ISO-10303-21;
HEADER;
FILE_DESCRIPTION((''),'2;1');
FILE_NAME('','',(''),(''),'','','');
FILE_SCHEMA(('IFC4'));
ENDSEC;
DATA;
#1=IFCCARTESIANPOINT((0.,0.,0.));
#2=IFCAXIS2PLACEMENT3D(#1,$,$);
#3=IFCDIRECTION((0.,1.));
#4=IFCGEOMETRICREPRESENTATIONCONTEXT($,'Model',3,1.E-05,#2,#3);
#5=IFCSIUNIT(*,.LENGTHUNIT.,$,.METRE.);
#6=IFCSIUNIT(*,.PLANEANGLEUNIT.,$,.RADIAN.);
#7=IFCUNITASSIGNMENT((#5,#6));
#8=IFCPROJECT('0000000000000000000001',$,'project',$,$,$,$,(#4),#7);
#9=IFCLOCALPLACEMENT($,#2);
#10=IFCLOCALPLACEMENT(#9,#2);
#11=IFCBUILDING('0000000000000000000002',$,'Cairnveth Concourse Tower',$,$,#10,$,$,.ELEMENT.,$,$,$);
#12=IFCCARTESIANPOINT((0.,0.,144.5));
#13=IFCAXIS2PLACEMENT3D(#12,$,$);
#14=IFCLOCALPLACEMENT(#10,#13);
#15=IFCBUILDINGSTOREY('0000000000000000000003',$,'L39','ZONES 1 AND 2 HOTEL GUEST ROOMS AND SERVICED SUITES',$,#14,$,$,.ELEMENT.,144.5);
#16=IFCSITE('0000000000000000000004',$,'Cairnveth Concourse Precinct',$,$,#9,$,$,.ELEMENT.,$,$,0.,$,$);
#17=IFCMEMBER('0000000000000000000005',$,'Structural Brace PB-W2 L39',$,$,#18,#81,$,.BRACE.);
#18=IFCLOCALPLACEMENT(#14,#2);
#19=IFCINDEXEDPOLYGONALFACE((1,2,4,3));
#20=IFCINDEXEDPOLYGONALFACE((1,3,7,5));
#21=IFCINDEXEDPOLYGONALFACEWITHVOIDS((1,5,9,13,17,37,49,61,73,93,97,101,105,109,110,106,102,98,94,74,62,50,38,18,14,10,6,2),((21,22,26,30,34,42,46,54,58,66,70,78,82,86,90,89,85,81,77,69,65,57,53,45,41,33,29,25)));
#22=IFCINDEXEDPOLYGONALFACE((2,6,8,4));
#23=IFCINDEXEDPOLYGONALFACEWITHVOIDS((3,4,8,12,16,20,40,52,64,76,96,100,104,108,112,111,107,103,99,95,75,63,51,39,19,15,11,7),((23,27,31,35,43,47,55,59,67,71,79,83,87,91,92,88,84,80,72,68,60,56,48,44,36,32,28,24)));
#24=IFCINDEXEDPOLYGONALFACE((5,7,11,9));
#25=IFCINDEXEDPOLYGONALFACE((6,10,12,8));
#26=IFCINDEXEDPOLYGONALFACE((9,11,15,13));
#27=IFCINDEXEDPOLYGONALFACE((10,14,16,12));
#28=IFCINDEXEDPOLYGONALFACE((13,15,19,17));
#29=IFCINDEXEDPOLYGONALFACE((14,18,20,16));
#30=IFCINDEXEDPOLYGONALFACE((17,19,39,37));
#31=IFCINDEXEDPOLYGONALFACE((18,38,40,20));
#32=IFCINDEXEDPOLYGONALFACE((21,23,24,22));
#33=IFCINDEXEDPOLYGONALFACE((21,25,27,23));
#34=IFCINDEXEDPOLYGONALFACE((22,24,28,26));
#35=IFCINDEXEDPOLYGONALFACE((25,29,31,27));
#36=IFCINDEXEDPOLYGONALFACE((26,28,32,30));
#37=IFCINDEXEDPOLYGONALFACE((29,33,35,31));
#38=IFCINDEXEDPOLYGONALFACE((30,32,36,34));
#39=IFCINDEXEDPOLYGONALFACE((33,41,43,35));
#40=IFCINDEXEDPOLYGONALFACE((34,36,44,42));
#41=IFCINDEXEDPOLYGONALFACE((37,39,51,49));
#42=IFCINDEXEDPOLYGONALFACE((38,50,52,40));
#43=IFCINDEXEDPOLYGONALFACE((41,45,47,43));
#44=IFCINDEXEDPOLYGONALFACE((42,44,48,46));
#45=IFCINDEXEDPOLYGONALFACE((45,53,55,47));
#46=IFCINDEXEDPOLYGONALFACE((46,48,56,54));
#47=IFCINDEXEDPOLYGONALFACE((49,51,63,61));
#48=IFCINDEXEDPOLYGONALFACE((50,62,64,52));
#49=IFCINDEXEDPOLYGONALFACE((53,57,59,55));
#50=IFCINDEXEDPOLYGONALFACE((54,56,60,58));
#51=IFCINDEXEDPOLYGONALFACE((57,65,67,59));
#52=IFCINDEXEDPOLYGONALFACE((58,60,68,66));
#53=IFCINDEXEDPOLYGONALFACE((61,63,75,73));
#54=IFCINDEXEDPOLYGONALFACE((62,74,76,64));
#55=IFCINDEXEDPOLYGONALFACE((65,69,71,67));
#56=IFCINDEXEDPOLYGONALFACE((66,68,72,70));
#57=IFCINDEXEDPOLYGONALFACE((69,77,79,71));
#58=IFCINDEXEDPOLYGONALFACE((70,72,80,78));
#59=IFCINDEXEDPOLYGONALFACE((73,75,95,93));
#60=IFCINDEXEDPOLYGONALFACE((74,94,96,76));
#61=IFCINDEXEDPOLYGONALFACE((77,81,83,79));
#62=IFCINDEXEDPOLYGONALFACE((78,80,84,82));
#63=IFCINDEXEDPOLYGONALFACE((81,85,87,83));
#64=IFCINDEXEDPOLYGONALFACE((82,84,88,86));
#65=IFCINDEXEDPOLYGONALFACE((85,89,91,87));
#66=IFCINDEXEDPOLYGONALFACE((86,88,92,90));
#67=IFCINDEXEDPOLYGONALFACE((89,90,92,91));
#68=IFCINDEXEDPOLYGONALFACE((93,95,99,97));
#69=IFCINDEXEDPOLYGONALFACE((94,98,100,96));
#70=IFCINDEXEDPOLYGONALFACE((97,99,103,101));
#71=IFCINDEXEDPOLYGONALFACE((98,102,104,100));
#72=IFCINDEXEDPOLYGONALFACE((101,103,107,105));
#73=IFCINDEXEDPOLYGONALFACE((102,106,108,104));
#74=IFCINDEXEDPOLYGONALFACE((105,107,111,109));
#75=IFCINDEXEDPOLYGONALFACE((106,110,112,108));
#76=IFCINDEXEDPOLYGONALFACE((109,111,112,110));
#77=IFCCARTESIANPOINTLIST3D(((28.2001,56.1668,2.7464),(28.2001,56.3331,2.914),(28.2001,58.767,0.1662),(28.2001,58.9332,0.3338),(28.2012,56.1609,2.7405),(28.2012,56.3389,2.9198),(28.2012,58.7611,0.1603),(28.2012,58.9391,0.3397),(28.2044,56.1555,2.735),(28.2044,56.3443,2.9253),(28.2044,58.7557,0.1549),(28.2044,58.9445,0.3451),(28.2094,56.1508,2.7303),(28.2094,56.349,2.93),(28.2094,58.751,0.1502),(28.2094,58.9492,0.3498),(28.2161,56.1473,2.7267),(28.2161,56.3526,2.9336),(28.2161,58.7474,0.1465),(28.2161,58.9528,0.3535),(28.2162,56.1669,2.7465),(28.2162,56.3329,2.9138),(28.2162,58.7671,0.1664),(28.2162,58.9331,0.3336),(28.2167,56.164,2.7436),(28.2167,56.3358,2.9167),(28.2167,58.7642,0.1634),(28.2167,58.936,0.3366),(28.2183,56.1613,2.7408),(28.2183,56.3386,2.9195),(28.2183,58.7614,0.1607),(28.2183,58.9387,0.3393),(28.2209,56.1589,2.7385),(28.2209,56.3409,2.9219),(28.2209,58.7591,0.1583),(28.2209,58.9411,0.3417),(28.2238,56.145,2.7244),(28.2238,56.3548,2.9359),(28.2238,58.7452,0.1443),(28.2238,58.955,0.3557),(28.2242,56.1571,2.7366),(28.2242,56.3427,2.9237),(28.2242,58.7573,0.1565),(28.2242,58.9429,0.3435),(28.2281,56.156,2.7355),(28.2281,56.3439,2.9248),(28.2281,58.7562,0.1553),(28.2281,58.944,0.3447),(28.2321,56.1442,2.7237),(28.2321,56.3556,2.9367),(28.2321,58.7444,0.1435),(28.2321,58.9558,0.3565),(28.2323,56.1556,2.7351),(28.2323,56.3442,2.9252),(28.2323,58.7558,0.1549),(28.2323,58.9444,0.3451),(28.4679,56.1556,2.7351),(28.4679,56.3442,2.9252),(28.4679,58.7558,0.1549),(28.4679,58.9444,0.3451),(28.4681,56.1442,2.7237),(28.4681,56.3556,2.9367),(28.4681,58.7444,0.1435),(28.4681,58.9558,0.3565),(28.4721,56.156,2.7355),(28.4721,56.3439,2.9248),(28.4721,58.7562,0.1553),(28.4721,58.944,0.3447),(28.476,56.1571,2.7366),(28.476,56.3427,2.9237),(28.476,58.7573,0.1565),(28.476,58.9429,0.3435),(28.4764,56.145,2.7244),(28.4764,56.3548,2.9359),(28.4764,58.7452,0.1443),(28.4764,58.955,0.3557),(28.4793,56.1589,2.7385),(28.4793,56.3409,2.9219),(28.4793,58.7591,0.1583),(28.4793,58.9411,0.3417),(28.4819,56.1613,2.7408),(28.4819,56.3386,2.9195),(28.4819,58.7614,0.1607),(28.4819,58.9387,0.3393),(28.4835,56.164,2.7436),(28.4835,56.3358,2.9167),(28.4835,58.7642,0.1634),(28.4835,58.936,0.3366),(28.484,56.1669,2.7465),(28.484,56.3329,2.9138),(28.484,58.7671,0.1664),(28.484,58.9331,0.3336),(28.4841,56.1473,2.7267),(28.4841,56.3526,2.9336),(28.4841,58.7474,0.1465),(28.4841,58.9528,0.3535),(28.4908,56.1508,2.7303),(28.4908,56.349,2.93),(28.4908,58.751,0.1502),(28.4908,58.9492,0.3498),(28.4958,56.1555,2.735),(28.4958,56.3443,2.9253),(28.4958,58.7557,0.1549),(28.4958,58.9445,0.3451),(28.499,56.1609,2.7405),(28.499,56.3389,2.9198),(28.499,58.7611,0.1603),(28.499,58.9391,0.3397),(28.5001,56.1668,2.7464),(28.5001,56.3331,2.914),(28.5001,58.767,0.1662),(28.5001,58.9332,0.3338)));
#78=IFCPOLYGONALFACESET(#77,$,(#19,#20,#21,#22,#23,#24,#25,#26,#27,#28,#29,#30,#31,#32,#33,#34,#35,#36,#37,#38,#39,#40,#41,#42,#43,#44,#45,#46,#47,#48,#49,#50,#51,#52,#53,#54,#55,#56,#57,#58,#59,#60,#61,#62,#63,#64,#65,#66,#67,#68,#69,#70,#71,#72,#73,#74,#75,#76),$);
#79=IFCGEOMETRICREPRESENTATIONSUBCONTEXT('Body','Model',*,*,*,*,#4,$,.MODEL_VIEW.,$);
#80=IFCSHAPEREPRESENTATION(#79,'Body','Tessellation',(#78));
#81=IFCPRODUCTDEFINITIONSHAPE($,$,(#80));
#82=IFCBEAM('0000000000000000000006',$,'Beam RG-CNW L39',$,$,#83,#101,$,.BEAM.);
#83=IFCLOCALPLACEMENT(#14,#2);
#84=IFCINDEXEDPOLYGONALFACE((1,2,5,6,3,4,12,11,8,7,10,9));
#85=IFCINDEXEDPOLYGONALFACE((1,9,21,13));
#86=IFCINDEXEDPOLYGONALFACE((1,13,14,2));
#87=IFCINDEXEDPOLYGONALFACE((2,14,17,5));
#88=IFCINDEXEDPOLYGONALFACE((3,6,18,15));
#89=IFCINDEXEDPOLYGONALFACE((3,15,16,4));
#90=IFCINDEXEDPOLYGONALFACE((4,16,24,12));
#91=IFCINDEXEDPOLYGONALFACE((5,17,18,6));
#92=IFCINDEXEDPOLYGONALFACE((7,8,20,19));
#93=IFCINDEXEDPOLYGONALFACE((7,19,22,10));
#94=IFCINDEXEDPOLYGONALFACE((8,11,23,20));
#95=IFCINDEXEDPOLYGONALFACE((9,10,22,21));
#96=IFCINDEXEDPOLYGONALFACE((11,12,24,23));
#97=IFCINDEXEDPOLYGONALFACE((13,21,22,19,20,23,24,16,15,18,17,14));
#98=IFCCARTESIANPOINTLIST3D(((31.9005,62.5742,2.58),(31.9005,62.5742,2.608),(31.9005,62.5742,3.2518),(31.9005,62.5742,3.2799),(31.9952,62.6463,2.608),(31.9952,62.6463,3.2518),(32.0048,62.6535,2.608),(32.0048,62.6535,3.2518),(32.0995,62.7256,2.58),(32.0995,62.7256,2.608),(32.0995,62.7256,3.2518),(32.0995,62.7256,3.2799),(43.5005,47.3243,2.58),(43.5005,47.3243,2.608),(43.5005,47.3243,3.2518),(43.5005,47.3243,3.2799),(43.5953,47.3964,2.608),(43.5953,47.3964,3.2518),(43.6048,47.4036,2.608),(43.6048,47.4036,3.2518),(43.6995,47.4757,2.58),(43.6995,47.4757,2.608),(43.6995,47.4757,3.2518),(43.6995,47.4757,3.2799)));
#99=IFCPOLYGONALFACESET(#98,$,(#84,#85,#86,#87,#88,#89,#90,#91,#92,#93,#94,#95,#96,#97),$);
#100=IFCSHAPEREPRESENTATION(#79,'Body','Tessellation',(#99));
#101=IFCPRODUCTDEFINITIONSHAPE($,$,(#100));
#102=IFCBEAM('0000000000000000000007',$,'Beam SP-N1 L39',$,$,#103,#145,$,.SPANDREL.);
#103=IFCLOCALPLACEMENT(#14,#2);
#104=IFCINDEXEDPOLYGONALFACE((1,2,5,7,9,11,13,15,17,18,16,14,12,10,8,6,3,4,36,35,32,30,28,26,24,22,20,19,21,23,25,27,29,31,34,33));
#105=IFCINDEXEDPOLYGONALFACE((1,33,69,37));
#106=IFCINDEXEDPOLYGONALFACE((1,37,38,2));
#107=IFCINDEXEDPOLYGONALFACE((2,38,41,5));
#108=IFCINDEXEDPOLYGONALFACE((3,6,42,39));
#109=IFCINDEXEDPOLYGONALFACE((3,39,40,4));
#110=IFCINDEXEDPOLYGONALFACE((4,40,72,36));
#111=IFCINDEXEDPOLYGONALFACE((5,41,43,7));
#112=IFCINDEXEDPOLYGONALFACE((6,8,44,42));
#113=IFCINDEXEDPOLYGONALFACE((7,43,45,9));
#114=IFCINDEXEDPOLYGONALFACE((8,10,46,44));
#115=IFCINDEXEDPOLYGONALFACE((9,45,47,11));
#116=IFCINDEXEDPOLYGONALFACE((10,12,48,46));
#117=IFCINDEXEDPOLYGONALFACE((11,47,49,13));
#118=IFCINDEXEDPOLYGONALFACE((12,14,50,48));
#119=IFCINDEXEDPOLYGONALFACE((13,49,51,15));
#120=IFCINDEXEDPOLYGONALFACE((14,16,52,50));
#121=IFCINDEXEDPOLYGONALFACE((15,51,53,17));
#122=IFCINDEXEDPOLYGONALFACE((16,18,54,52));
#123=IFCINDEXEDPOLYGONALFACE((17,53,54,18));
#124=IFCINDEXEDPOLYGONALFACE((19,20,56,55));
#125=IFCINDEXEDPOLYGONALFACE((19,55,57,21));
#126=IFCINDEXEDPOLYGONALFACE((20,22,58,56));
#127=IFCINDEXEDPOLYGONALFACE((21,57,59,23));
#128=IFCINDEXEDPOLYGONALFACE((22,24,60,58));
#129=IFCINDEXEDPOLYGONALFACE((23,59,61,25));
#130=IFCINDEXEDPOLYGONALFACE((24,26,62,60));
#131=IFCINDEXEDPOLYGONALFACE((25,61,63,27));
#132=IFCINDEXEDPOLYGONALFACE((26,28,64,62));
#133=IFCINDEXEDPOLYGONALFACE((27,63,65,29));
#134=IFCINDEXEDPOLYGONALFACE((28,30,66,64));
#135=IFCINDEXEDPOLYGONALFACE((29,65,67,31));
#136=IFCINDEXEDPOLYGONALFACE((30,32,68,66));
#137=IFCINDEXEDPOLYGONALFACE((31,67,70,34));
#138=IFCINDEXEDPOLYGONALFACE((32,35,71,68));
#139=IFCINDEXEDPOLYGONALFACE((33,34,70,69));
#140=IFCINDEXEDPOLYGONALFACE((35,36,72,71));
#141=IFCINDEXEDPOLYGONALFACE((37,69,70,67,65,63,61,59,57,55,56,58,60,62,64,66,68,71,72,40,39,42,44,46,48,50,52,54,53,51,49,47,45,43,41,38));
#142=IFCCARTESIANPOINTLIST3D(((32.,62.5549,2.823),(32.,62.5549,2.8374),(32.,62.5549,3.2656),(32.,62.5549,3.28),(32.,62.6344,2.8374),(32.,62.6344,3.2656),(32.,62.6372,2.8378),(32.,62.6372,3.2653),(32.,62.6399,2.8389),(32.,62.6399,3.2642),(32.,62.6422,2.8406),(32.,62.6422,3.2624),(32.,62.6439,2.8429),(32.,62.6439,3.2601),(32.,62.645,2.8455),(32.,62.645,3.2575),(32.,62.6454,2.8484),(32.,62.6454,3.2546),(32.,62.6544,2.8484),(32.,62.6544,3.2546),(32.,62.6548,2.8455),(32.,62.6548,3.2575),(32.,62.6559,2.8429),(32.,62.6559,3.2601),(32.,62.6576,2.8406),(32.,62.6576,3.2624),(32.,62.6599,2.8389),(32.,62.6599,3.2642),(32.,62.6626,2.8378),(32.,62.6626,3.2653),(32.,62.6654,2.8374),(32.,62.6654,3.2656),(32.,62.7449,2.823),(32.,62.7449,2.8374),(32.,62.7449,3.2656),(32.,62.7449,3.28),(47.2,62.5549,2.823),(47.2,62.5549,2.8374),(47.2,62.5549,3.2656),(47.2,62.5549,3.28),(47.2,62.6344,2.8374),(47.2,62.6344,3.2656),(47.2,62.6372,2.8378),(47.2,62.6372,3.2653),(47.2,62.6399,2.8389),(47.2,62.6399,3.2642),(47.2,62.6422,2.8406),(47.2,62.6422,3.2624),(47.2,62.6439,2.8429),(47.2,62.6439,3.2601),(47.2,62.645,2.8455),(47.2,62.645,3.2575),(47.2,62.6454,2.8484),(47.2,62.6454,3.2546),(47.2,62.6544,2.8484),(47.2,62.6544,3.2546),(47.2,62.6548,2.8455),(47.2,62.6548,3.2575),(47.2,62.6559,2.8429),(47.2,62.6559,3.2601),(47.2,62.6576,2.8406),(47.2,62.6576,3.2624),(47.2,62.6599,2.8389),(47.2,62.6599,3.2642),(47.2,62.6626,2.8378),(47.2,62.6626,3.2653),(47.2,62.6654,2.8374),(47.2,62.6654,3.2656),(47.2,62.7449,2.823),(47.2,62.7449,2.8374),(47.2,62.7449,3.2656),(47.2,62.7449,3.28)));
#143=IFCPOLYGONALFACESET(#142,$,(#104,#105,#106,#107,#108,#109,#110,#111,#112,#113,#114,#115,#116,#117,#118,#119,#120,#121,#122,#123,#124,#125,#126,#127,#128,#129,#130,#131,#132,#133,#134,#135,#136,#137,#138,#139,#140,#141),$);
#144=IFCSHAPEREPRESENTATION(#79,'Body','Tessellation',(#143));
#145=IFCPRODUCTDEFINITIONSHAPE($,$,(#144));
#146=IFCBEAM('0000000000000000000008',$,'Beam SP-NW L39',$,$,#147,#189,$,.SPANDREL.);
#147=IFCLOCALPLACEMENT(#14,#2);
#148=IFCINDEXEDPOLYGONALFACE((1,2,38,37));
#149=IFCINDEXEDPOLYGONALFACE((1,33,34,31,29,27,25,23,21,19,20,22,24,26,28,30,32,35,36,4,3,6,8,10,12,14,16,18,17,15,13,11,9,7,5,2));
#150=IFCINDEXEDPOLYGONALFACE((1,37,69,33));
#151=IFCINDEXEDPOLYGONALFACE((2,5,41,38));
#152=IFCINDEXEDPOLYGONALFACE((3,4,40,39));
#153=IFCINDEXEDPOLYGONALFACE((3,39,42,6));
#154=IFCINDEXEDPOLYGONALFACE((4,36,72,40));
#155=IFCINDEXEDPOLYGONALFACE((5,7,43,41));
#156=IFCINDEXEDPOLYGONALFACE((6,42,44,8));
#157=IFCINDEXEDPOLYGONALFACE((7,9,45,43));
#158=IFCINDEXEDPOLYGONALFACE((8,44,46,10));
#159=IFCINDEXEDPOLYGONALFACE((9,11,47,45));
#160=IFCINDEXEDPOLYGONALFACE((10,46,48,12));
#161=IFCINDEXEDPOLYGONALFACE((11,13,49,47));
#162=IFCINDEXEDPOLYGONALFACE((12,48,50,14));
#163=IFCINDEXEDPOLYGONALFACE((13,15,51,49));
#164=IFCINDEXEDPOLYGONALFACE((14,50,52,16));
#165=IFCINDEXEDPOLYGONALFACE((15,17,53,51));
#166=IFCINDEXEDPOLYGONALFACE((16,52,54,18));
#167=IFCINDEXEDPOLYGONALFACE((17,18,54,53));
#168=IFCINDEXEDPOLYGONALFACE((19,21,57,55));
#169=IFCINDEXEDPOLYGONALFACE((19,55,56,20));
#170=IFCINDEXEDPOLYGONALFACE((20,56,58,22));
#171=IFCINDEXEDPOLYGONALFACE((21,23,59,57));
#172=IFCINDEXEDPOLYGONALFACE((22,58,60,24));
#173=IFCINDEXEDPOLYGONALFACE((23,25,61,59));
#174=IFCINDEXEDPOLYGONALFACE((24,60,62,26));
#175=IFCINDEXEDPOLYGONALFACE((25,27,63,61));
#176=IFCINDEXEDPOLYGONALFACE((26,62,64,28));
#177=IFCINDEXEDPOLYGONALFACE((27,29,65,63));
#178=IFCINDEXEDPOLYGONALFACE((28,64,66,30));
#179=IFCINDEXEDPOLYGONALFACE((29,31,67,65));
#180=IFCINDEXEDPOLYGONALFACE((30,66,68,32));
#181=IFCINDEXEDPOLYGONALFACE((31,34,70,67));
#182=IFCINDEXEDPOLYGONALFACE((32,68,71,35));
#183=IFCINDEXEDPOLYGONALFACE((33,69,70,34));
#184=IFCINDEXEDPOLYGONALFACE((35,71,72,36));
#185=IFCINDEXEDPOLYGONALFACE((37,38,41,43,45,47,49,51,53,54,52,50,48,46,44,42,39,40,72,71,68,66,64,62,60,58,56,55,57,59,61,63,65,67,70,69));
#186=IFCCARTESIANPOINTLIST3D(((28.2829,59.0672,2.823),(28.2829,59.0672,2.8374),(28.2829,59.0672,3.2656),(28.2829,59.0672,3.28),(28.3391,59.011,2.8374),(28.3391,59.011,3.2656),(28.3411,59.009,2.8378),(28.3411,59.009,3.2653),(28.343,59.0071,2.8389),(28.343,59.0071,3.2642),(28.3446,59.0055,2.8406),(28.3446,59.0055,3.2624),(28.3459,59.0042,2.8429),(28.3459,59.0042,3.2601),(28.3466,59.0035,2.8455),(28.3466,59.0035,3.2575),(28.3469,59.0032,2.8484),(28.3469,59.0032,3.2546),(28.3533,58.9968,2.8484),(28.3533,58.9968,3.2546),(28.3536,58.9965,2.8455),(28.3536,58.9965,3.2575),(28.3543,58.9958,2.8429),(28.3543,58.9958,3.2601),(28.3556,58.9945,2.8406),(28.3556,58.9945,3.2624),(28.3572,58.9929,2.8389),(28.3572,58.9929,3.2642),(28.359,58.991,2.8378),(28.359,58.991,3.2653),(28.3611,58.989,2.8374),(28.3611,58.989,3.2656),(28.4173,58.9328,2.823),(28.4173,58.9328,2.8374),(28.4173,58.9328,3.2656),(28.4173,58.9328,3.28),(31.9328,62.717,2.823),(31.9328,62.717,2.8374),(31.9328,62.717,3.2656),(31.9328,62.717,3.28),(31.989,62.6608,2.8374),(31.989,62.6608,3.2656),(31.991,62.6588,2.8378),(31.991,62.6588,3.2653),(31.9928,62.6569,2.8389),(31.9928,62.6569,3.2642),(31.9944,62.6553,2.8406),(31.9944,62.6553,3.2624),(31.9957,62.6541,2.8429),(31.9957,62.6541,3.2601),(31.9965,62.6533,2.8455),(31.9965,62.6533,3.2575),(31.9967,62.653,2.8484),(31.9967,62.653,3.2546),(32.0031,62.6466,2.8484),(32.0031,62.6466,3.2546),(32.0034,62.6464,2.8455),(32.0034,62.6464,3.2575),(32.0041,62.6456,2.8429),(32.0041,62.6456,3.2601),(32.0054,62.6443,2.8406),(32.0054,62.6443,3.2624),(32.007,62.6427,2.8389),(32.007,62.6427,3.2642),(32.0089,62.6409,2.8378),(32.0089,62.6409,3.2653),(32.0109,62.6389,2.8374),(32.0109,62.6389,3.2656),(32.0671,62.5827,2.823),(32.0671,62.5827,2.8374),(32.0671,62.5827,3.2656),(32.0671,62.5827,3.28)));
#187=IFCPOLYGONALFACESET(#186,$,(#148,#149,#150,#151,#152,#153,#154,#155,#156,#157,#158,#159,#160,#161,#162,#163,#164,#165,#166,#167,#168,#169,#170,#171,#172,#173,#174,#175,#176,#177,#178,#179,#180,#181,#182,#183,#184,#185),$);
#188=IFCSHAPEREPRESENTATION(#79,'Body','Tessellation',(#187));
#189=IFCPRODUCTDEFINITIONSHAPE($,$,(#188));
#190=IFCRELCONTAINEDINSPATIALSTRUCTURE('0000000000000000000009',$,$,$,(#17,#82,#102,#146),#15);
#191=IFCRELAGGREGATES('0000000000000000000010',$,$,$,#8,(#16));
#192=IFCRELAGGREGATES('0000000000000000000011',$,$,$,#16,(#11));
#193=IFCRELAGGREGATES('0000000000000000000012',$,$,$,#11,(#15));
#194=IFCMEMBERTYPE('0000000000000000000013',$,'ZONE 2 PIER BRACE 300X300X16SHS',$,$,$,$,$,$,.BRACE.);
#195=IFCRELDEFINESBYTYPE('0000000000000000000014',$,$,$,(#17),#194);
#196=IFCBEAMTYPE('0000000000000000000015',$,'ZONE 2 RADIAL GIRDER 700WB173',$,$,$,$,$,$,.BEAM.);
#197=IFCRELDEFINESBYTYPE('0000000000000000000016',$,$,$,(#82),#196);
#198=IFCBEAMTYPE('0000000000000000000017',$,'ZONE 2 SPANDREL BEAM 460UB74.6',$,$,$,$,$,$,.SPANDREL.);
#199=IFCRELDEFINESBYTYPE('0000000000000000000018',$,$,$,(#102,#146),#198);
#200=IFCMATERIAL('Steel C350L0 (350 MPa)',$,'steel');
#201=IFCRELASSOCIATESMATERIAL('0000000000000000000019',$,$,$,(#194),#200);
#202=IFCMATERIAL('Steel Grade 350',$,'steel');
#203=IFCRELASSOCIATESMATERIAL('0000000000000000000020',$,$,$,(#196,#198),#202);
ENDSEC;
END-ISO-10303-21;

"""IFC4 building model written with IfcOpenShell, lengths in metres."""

from ifc_helpers import new_model, si_unit, direction, frame, origin, origin_2d, place, context, subcontext, project, spatial, hollow_rectangle, i_section, extrude, material, material_profile, profile_set, type_object, element, save


model = new_model("IFC4")

# Units and contexts
model_context = context("Model", 3, precision=1e-05, world=origin(), true_north=direction((0.0, 1.0)))
body_context = subcontext(model_context, "Body", "Model", "MODEL_VIEW")
ifc_project = project(units=[si_unit("LENGTHUNIT", "METRE"), si_unit("PLANEANGLEUNIT", "RADIAN")], contexts=[model_context])

# Site, building, storey
site_placement = place(None, origin())
site = spatial("IfcSite", under=ifc_project, at=site_placement, Name="Cairnveth Concourse Precinct", CompositionType="ELEMENT", RefElevation=0.0)
building_placement = place(site_placement, origin())
building = spatial("IfcBuilding", under=site, at=building_placement, Name="Cairnveth Concourse Tower", CompositionType="ELEMENT")
storey_placement = place(building_placement, frame((0.0, 0.0, 144.5)))
storey = spatial("IfcBuildingStorey", under=building, at=storey_placement, Name="L39", Description="ZONES 1 AND 2 HOTEL GUEST ROOMS AND SERVICED SUITES", CompositionType="ELEMENT", Elevation=144.5)

# Shared definitions
ifc_material_1 = material(Name="Steel Grade 350", Category="steel")

# Member
ifc_material_2 = material(Name="Steel C350L0 (350 MPa)", Category="steel")
ifc_material_profile_1 = material_profile(ifc_material_2, hollow_rectangle(XDim=0.3, YDim=0.3, WallThickness=0.0161, InnerFilletRadius=0.0161, OuterFilletRadius=0.032, at=origin_2d()), Name="300x300x16.0SHS")
ifc_profile_set_1 = profile_set([ifc_material_profile_1], Name="Steel C350L0 (350 MPa)")
member_type = type_object("IfcMemberType", Name="ZONE 2 PIER BRACE 300X300X16SHS", PredefinedType="BRACE", material=ifc_profile_set_1)
for number, where, z_axis, x_axis, name in (
    (1, (28.3501, 58.8501, 0.25), (0.0, -0.709834, 0.704369), (1.0, 0.0, 0.0), "Structural Brace PB-W2 L39"),
):
    element("IfcMember", number, at=place(storey_placement, frame(where, z_axis=z_axis, x_axis=x_axis)), inside=storey, type_object=member_type, Name=name, PredefinedType="BRACE", context=body_context, shape_type="SweptSolid", body=[
        extrude(hollow_rectangle(XDim=0.3, YDim=0.3, WallThickness=0.0161, InnerFilletRadius=0.0161, OuterFilletRadius=0.032, at=origin_2d()), origin(), (0.0, 0.0, 1.0), 3.6631),
    ])

# Beams
ifc_material_profile_2 = material_profile(ifc_material_1, i_section(OverallWidth=0.25, OverallDepth=0.7, WebThickness=0.012, FlangeThickness=0.0281, at=origin_2d()), Name="700WB173")
ifc_profile_set_2 = profile_set([ifc_material_profile_2], Name="Steel Grade 350")
beam_type_1 = type_object("IfcBeamType", Name="ZONE 2 RADIAL GIRDER 700WB173", PredefinedType="BEAM", material=ifc_profile_set_2)
beam_1_placement = place(storey_placement, frame((32.0, 62.6499, 2.9299), z_axis=(0.605417, -0.795908, 0.0), x_axis=(0.795908, 0.605417, 0.0)))
element("IfcBeam", 2, at=beam_1_placement, inside=storey, type_object=beam_type_1, Name="Beam RG-CNW L39", PredefinedType="BEAM", context=body_context, shape_type="SweptSolid", body=[
    extrude(i_section(OverallWidth=0.25, OverallDepth=0.7, WebThickness=0.012, FlangeThickness=0.0281, at=origin_2d()), origin(), (0.0, 0.0, 1.0), 19.1604),
])
ifc_material_profile_3 = material_profile(ifc_material_1, i_section(OverallWidth=0.1899, OverallDepth=0.457, WebThickness=0.009, FlangeThickness=0.0144, FilletRadius=0.011, at=origin_2d()), Name="460UB74.6")
ifc_profile_set_3 = profile_set([ifc_material_profile_3], Name="Steel Grade 350")
beam_type_2 = type_object("IfcBeamType", Name="ZONE 2 SPANDREL BEAM 460UB74.6", PredefinedType="SPANDREL", material=ifc_profile_set_3)
beam_2_placement = place(storey_placement, frame((32.0, 62.6499, 3.0515), z_axis=(1.0, 0.0, 0.0), x_axis=(0.0, 1.0, 0.0)))
element("IfcBeam", 3, at=beam_2_placement, inside=storey, type_object=beam_type_2, Name="Beam SP-N1 L39", PredefinedType="SPANDREL", context=body_context, shape_type="SweptSolid", body=[
    extrude(i_section(OverallWidth=0.1899, OverallDepth=0.457, WebThickness=0.009, FlangeThickness=0.0144, FilletRadius=0.011, at=origin_2d()), origin(), (0.0, 0.0, 1.0), 15.2),
])
beam_3_placement = place(storey_placement, frame((28.3501, 59.0, 3.0515), z_axis=(0.707107, 0.707107, 0.0), x_axis=(-0.707107, 0.707107, 0.0)))
element("IfcBeam", 4, at=beam_3_placement, inside=storey, type_object=beam_type_2, Name="Beam SP-NW L39", PredefinedType="SPANDREL", context=body_context, shape_type="SweptSolid", body=[
    extrude(i_section(OverallWidth=0.1899, OverallDepth=0.457, WebThickness=0.009, FlangeThickness=0.0144, FilletRadius=0.011, at=origin_2d()), origin(), (0.0, 0.0, 1.0), 5.1616),
])

save(model, "model.ifc")
